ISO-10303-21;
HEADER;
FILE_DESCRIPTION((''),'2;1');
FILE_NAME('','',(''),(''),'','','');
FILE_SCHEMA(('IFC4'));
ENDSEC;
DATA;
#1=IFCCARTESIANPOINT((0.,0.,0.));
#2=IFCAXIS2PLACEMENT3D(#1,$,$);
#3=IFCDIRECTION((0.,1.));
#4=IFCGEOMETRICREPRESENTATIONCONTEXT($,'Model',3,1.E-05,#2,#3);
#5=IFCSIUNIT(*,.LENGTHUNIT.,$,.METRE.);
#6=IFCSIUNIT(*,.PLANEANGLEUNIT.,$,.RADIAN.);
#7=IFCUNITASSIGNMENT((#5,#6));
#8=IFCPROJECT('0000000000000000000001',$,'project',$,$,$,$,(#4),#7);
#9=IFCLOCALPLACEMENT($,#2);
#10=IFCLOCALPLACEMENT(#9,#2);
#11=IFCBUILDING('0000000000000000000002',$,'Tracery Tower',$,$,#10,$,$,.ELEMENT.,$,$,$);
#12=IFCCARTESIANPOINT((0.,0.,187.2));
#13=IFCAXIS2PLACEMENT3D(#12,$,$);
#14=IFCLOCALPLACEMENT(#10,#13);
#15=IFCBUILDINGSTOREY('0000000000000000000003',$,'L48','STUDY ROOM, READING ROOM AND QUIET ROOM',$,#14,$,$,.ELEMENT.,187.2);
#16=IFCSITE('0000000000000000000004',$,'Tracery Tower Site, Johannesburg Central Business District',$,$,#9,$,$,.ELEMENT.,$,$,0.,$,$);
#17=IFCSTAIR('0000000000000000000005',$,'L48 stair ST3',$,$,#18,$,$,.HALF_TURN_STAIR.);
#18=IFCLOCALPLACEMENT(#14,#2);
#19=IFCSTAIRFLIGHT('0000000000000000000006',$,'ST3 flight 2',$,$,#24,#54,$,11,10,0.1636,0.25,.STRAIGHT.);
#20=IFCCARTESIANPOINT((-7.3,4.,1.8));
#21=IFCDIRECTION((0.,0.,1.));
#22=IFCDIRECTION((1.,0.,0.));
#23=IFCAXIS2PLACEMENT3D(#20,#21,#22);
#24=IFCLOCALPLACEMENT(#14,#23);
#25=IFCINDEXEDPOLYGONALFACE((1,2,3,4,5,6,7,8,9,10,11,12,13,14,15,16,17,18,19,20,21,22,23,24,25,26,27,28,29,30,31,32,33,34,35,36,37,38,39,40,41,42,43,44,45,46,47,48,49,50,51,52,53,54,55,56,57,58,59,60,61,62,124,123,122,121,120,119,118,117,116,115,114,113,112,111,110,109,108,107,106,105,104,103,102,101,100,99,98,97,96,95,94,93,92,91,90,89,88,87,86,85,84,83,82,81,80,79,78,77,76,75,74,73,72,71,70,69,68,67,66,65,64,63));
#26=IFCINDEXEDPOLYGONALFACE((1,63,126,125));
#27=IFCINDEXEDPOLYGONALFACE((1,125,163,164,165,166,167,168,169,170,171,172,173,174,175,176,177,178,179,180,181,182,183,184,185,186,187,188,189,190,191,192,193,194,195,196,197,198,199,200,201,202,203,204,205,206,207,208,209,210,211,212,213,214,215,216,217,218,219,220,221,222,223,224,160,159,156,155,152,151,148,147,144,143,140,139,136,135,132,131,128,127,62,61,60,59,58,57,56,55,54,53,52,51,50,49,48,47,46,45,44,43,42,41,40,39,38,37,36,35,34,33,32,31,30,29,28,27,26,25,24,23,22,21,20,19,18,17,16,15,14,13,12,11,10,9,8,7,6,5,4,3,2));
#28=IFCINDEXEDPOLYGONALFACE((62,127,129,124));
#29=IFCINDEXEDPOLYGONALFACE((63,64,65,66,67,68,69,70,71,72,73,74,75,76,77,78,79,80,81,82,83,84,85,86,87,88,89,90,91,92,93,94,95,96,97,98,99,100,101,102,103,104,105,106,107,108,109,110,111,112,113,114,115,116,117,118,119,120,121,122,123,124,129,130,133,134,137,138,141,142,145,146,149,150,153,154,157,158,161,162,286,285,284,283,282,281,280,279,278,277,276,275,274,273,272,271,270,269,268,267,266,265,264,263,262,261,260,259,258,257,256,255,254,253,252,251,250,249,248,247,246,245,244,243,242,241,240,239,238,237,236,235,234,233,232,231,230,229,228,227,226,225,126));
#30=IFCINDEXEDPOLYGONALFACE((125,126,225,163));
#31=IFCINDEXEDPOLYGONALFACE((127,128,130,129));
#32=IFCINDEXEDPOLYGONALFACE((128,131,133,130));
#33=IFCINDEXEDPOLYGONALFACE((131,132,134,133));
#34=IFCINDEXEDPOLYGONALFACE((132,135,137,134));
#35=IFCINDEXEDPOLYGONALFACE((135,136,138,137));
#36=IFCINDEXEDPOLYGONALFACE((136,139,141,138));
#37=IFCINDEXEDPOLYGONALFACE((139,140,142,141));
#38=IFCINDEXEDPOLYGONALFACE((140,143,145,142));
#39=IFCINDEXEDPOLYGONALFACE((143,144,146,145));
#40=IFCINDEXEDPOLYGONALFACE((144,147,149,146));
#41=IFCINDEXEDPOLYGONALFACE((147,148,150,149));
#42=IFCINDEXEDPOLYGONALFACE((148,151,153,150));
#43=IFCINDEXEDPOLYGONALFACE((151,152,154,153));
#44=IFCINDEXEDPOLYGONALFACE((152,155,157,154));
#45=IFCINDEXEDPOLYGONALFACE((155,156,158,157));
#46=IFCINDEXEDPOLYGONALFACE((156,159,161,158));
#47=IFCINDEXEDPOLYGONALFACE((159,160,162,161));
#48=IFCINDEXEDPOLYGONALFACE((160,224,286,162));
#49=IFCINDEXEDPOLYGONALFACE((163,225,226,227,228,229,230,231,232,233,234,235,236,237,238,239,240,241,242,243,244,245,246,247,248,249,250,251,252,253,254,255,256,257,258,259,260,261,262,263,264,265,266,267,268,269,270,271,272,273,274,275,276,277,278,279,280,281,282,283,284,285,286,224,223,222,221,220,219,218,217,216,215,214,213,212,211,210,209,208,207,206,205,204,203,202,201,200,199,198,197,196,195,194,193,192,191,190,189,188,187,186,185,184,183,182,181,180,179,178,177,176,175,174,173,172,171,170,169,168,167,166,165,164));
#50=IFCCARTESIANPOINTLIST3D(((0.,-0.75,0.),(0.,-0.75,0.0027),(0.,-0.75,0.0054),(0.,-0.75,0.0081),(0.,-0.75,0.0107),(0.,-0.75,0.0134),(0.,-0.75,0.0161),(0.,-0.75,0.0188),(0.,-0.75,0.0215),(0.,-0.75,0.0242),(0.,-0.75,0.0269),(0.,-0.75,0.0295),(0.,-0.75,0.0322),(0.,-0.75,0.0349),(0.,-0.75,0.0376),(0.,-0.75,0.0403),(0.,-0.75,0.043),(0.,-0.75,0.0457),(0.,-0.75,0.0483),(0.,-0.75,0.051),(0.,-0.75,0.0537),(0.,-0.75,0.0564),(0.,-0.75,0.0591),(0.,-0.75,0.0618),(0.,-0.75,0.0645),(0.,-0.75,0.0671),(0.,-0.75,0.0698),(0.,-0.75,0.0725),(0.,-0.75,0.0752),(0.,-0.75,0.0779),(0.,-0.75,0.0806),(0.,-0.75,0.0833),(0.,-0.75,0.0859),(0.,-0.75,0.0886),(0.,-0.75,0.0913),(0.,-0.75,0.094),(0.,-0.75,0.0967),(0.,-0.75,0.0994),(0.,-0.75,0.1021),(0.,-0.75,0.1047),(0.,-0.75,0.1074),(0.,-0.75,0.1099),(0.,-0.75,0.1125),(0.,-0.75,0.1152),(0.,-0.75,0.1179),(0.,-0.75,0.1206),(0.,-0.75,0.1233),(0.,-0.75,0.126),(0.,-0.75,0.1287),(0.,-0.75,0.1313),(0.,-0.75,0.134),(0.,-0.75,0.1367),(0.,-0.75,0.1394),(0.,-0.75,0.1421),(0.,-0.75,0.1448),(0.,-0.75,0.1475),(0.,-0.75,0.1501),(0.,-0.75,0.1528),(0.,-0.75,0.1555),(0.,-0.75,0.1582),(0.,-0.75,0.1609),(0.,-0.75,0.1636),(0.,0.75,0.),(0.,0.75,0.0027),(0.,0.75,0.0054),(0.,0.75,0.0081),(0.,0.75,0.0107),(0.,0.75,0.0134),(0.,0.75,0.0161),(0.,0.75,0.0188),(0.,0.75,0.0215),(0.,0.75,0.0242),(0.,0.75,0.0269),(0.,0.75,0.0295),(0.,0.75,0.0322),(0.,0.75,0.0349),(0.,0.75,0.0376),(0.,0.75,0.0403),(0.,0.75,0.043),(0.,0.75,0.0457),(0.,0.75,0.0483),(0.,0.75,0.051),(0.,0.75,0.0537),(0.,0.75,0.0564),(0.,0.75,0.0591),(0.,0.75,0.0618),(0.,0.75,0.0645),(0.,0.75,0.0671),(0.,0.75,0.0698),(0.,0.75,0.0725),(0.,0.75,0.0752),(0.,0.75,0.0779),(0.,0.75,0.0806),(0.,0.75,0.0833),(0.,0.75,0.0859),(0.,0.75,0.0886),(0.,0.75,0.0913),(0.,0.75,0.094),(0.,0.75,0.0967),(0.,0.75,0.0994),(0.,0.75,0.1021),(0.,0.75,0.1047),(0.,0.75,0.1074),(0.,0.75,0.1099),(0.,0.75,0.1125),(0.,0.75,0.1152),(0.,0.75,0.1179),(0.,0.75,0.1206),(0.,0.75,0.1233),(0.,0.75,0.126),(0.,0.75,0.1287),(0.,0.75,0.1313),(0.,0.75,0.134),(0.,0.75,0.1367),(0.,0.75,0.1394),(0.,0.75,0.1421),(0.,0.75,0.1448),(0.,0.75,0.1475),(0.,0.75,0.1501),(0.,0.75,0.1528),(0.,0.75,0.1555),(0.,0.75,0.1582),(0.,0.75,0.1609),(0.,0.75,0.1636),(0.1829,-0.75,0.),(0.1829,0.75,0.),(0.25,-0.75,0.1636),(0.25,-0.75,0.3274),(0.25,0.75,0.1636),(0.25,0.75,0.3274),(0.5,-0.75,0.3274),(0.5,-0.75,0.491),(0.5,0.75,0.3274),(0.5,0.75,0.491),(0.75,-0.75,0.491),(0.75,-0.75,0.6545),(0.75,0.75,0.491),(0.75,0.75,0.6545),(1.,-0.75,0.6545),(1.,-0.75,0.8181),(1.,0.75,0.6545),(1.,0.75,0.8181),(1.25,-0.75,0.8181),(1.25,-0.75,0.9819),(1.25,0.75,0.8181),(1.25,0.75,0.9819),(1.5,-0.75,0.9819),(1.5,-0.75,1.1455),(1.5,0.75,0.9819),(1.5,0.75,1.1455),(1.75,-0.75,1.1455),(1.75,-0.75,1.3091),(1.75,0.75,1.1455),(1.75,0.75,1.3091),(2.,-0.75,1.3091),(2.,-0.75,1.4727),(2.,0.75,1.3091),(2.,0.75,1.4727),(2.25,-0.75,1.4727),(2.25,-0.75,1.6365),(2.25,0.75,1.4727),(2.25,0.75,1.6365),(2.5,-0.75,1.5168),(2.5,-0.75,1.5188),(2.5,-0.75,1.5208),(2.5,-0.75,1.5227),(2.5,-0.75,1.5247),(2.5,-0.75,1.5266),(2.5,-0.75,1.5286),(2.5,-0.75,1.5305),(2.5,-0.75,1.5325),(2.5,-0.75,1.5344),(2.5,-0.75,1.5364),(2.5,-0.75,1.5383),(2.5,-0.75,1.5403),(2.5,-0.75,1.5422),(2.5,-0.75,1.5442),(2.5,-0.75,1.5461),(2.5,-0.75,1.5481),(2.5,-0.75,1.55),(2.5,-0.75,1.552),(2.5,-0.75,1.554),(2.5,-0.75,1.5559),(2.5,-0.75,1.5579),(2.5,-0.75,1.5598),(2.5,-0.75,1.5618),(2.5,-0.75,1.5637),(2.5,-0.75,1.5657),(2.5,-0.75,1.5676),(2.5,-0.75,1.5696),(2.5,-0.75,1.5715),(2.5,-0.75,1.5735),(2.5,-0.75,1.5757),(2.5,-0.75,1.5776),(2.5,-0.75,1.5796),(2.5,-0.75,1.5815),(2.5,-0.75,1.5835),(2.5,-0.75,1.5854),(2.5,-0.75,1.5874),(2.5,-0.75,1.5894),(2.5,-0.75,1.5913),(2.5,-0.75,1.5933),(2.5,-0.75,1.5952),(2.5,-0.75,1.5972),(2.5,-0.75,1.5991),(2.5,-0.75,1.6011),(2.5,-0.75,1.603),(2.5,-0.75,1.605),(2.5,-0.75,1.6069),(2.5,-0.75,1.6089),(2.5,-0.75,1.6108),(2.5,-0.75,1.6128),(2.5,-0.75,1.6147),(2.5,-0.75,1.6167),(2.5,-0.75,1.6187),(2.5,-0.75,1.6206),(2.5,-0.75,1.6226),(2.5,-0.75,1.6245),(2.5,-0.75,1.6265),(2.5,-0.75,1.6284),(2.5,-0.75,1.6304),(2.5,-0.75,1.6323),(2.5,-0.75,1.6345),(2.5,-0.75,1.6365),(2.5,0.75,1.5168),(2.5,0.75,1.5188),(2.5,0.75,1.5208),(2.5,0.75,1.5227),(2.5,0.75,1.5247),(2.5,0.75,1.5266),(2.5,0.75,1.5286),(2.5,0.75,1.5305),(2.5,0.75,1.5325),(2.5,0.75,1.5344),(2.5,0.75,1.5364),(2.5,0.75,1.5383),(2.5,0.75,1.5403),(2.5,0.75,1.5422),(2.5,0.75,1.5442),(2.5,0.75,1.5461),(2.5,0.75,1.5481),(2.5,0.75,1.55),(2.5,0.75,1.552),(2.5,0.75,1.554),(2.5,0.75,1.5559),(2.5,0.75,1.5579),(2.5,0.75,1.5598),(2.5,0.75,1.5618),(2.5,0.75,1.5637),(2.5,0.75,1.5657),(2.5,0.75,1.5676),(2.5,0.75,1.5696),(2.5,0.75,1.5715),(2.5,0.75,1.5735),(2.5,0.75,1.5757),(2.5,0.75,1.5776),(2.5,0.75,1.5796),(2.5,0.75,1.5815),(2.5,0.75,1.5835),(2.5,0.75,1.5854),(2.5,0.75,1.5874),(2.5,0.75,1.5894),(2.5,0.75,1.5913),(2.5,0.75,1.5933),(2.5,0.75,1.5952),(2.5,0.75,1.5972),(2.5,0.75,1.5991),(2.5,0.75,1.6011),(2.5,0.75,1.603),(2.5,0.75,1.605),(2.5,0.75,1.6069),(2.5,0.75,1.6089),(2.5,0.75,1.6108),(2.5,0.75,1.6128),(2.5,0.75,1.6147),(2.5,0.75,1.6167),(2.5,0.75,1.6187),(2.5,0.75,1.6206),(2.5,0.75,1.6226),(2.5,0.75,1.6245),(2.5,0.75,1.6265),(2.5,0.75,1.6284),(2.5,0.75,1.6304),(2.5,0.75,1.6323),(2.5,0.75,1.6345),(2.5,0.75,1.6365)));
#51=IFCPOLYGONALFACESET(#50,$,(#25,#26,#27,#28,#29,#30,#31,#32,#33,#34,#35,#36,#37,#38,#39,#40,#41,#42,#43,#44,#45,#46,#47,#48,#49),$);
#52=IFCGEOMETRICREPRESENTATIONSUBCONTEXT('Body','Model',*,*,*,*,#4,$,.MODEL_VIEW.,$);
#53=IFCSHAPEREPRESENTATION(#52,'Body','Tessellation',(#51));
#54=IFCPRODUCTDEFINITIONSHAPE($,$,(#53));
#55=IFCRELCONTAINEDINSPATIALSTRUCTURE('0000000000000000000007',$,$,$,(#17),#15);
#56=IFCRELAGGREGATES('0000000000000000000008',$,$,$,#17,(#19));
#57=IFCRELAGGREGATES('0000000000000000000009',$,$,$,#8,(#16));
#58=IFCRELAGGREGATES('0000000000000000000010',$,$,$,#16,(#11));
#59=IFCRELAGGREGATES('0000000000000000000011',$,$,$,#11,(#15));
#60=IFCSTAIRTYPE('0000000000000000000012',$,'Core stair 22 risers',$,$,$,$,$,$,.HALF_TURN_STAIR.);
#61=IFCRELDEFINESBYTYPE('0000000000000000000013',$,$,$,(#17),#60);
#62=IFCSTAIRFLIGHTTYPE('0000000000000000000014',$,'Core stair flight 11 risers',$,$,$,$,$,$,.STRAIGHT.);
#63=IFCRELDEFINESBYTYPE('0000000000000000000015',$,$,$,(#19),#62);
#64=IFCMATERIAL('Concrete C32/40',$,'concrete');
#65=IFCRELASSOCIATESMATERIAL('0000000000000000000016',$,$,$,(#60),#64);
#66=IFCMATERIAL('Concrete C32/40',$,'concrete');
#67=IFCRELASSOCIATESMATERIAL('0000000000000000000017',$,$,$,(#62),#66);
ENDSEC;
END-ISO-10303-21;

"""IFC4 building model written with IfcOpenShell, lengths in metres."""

from ifc_helpers import new_model, si_unit, direction, frame, origin, place, context, subcontext, project, spatial, polyline, outline, extrude, material, type_object, element, aggregate, save


model = new_model("IFC4")

# Units and contexts
model_context = context("Model", 3, precision=1e-05, world=origin(), true_north=direction((0.0, 1.0)))
body_context = subcontext(model_context, "Body", "Model", "MODEL_VIEW")
ifc_project = project(units=[si_unit("LENGTHUNIT", "METRE"), si_unit("PLANEANGLEUNIT", "RADIAN")], contexts=[model_context])

# Site, building, storey
site_placement = place(None, origin())
site = spatial("IfcSite", under=ifc_project, at=site_placement, Name="Tracery Tower Site, Johannesburg Central Business District", CompositionType="ELEMENT", RefElevation=0.0)
building_placement = place(site_placement, origin())
building = spatial("IfcBuilding", under=site, at=building_placement, Name="Tracery Tower", CompositionType="ELEMENT")
storey_placement = place(building_placement, frame((0.0, 0.0, 187.2)))
storey = spatial("IfcBuildingStorey", under=building, at=storey_placement, Name="L48", Description="STUDY ROOM, READING ROOM AND QUIET ROOM", CompositionType="ELEMENT", Elevation=187.2)

# Stair, stair flight
ifc_material_1 = material(Name="Concrete C32/40", Category="concrete")
stair_type = type_object("IfcStairType", Name="Core stair 22 risers", PredefinedType="HALF_TURN_STAIR", material=ifc_material_1)
stair_placement = place(storey_placement, origin())
stair = element("IfcStair", 1, at=stair_placement, inside=storey, type_object=stair_type, Name="L48 stair ST3", PredefinedType="HALF_TURN_STAIR")
ifc_material_2 = material(Name="Concrete C32/40", Category="concrete")
stair_flight_type = type_object("IfcStairFlightType", Name="Core stair flight 11 risers", PredefinedType="STRAIGHT", material=ifc_material_2)
stair_flight_1_placement = place(storey_placement, frame((-7.3, 4.0, 1.8), z_axis=(0.0, 0.0, 1.0), x_axis=(1.0, 0.0, 0.0)))
stair_flight_1 = element("IfcStairFlight", 2, at=stair_flight_1_placement, type_object=stair_flight_type, Name="ST3 flight 2", NumberOfRisers=11, NumberOfTreads=10, PredefinedType="STRAIGHT", RiserHeight=0.1636, TreadLength=0.25, context=body_context, shape_type="SweptSolid", body=[
    extrude(outline(polyline([(0.0, 0.0), (0.0, 0.0027), (0.0, 0.0054), (0.0, 0.0081), (0.0, 0.0107), (0.0, 0.0134), (0.0, 0.0161), (0.0, 0.0188), (0.0, 0.0215), (0.0, 0.0242), (0.0, 0.0269), (0.0, 0.0295), (0.0, 0.0322), (0.0, 0.0349), (0.0, 0.0376), (0.0, 0.0403), (0.0, 0.043), (0.0, 0.0457), (0.0, 0.0483), (0.0, 0.051), (0.0, 0.0537), (0.0, 0.0564), (0.0, 0.0591), (0.0, 0.0618), (0.0, 0.0645), (0.0, 0.0671), (0.0, 0.0698), (0.0, 0.0725), (0.0, 0.0752), (0.0, 0.0779), (0.0, 0.0806), (0.0, 0.0833), (0.0, 0.0859), (0.0, 0.0886), (0.0, 0.0913), (0.0, 0.094), (0.0, 0.0967), (0.0, 0.0994), (0.0, 0.1021), (0.0, 0.1047), (0.0, 0.1074), (0.0, 0.1099), (0.0, 0.1125), (0.0, 0.1152), (0.0, 0.1179), (0.0, 0.1206), (0.0, 0.1233), (0.0, 0.126), (0.0, 0.1287), (0.0, 0.1313), (0.0, 0.134), (0.0, 0.1367), (0.0, 0.1394), (0.0, 0.1421), (0.0, 0.1448), (0.0, 0.1475), (0.0, 0.1501), (0.0, 0.1528), (0.0, 0.1555), (0.0, 0.1582), (0.0, 0.1609), (0.0, 0.1636), (0.25, 0.1636), (0.25, 0.3274), (0.5, 0.3274), (0.5, 0.491), (0.75, 0.491), (0.75, 0.6545), (1.0, 0.6545), (1.0, 0.8181), (1.25, 0.8181), (1.25, 0.9819), (1.5, 0.9819), (1.5, 1.1455), (1.75, 1.1455), (1.75, 1.3091), (2.0, 1.3091), (2.0, 1.4727), (2.25, 1.4727), (2.25, 1.6365), (2.5, 1.6365), (2.5, 1.6345), (2.5, 1.6323), (2.5, 1.6304), (2.5, 1.6284), (2.5, 1.6265), (2.5, 1.6245), (2.5, 1.6226), (2.5, 1.6206), (2.5, 1.6187), (2.5, 1.6167), (2.5, 1.6147), (2.5, 1.6128), (2.5, 1.6108), (2.5, 1.6089), (2.5, 1.6069), (2.5, 1.605), (2.5, 1.603), (2.5, 1.6011), (2.5, 1.5991), (2.5, 1.5972), (2.5, 1.5952), (2.5, 1.5933), (2.5, 1.5913), (2.5, 1.5894), (2.5, 1.5874), (2.5, 1.5854), (2.5, 1.5835), (2.5, 1.5815), (2.5, 1.5796), (2.5, 1.5776), (2.5, 1.5757), (2.5, 1.5735), (2.5, 1.5715), (2.5, 1.5696), (2.5, 1.5676), (2.5, 1.5657), (2.5, 1.5637), (2.5, 1.5618), (2.5, 1.5598), (2.5, 1.5579), (2.5, 1.5559), (2.5, 1.554), (2.5, 1.552), (2.5, 1.55), (2.5, 1.5481), (2.5, 1.5461), (2.5, 1.5442), (2.5, 1.5422), (2.5, 1.5403), (2.5, 1.5383), (2.5, 1.5364), (2.5, 1.5344), (2.5, 1.5325), (2.5, 1.5305), (2.5, 1.5286), (2.5, 1.5266), (2.5, 1.5247), (2.5, 1.5227), (2.5, 1.5208), (2.5, 1.5188), (2.5, 1.5168), (0.1829, 0.0), (0.0, 0.0)])), frame((0.0, 0.75, 0.0), z_axis=(0.0, -1.0, 0.0), x_axis=(1.0, 0.0, 0.0)), (0.0, 0.0, 1.0), 1.5),
])
aggregate(stair, [stair_flight_1])

save(model, "model.ifc")
